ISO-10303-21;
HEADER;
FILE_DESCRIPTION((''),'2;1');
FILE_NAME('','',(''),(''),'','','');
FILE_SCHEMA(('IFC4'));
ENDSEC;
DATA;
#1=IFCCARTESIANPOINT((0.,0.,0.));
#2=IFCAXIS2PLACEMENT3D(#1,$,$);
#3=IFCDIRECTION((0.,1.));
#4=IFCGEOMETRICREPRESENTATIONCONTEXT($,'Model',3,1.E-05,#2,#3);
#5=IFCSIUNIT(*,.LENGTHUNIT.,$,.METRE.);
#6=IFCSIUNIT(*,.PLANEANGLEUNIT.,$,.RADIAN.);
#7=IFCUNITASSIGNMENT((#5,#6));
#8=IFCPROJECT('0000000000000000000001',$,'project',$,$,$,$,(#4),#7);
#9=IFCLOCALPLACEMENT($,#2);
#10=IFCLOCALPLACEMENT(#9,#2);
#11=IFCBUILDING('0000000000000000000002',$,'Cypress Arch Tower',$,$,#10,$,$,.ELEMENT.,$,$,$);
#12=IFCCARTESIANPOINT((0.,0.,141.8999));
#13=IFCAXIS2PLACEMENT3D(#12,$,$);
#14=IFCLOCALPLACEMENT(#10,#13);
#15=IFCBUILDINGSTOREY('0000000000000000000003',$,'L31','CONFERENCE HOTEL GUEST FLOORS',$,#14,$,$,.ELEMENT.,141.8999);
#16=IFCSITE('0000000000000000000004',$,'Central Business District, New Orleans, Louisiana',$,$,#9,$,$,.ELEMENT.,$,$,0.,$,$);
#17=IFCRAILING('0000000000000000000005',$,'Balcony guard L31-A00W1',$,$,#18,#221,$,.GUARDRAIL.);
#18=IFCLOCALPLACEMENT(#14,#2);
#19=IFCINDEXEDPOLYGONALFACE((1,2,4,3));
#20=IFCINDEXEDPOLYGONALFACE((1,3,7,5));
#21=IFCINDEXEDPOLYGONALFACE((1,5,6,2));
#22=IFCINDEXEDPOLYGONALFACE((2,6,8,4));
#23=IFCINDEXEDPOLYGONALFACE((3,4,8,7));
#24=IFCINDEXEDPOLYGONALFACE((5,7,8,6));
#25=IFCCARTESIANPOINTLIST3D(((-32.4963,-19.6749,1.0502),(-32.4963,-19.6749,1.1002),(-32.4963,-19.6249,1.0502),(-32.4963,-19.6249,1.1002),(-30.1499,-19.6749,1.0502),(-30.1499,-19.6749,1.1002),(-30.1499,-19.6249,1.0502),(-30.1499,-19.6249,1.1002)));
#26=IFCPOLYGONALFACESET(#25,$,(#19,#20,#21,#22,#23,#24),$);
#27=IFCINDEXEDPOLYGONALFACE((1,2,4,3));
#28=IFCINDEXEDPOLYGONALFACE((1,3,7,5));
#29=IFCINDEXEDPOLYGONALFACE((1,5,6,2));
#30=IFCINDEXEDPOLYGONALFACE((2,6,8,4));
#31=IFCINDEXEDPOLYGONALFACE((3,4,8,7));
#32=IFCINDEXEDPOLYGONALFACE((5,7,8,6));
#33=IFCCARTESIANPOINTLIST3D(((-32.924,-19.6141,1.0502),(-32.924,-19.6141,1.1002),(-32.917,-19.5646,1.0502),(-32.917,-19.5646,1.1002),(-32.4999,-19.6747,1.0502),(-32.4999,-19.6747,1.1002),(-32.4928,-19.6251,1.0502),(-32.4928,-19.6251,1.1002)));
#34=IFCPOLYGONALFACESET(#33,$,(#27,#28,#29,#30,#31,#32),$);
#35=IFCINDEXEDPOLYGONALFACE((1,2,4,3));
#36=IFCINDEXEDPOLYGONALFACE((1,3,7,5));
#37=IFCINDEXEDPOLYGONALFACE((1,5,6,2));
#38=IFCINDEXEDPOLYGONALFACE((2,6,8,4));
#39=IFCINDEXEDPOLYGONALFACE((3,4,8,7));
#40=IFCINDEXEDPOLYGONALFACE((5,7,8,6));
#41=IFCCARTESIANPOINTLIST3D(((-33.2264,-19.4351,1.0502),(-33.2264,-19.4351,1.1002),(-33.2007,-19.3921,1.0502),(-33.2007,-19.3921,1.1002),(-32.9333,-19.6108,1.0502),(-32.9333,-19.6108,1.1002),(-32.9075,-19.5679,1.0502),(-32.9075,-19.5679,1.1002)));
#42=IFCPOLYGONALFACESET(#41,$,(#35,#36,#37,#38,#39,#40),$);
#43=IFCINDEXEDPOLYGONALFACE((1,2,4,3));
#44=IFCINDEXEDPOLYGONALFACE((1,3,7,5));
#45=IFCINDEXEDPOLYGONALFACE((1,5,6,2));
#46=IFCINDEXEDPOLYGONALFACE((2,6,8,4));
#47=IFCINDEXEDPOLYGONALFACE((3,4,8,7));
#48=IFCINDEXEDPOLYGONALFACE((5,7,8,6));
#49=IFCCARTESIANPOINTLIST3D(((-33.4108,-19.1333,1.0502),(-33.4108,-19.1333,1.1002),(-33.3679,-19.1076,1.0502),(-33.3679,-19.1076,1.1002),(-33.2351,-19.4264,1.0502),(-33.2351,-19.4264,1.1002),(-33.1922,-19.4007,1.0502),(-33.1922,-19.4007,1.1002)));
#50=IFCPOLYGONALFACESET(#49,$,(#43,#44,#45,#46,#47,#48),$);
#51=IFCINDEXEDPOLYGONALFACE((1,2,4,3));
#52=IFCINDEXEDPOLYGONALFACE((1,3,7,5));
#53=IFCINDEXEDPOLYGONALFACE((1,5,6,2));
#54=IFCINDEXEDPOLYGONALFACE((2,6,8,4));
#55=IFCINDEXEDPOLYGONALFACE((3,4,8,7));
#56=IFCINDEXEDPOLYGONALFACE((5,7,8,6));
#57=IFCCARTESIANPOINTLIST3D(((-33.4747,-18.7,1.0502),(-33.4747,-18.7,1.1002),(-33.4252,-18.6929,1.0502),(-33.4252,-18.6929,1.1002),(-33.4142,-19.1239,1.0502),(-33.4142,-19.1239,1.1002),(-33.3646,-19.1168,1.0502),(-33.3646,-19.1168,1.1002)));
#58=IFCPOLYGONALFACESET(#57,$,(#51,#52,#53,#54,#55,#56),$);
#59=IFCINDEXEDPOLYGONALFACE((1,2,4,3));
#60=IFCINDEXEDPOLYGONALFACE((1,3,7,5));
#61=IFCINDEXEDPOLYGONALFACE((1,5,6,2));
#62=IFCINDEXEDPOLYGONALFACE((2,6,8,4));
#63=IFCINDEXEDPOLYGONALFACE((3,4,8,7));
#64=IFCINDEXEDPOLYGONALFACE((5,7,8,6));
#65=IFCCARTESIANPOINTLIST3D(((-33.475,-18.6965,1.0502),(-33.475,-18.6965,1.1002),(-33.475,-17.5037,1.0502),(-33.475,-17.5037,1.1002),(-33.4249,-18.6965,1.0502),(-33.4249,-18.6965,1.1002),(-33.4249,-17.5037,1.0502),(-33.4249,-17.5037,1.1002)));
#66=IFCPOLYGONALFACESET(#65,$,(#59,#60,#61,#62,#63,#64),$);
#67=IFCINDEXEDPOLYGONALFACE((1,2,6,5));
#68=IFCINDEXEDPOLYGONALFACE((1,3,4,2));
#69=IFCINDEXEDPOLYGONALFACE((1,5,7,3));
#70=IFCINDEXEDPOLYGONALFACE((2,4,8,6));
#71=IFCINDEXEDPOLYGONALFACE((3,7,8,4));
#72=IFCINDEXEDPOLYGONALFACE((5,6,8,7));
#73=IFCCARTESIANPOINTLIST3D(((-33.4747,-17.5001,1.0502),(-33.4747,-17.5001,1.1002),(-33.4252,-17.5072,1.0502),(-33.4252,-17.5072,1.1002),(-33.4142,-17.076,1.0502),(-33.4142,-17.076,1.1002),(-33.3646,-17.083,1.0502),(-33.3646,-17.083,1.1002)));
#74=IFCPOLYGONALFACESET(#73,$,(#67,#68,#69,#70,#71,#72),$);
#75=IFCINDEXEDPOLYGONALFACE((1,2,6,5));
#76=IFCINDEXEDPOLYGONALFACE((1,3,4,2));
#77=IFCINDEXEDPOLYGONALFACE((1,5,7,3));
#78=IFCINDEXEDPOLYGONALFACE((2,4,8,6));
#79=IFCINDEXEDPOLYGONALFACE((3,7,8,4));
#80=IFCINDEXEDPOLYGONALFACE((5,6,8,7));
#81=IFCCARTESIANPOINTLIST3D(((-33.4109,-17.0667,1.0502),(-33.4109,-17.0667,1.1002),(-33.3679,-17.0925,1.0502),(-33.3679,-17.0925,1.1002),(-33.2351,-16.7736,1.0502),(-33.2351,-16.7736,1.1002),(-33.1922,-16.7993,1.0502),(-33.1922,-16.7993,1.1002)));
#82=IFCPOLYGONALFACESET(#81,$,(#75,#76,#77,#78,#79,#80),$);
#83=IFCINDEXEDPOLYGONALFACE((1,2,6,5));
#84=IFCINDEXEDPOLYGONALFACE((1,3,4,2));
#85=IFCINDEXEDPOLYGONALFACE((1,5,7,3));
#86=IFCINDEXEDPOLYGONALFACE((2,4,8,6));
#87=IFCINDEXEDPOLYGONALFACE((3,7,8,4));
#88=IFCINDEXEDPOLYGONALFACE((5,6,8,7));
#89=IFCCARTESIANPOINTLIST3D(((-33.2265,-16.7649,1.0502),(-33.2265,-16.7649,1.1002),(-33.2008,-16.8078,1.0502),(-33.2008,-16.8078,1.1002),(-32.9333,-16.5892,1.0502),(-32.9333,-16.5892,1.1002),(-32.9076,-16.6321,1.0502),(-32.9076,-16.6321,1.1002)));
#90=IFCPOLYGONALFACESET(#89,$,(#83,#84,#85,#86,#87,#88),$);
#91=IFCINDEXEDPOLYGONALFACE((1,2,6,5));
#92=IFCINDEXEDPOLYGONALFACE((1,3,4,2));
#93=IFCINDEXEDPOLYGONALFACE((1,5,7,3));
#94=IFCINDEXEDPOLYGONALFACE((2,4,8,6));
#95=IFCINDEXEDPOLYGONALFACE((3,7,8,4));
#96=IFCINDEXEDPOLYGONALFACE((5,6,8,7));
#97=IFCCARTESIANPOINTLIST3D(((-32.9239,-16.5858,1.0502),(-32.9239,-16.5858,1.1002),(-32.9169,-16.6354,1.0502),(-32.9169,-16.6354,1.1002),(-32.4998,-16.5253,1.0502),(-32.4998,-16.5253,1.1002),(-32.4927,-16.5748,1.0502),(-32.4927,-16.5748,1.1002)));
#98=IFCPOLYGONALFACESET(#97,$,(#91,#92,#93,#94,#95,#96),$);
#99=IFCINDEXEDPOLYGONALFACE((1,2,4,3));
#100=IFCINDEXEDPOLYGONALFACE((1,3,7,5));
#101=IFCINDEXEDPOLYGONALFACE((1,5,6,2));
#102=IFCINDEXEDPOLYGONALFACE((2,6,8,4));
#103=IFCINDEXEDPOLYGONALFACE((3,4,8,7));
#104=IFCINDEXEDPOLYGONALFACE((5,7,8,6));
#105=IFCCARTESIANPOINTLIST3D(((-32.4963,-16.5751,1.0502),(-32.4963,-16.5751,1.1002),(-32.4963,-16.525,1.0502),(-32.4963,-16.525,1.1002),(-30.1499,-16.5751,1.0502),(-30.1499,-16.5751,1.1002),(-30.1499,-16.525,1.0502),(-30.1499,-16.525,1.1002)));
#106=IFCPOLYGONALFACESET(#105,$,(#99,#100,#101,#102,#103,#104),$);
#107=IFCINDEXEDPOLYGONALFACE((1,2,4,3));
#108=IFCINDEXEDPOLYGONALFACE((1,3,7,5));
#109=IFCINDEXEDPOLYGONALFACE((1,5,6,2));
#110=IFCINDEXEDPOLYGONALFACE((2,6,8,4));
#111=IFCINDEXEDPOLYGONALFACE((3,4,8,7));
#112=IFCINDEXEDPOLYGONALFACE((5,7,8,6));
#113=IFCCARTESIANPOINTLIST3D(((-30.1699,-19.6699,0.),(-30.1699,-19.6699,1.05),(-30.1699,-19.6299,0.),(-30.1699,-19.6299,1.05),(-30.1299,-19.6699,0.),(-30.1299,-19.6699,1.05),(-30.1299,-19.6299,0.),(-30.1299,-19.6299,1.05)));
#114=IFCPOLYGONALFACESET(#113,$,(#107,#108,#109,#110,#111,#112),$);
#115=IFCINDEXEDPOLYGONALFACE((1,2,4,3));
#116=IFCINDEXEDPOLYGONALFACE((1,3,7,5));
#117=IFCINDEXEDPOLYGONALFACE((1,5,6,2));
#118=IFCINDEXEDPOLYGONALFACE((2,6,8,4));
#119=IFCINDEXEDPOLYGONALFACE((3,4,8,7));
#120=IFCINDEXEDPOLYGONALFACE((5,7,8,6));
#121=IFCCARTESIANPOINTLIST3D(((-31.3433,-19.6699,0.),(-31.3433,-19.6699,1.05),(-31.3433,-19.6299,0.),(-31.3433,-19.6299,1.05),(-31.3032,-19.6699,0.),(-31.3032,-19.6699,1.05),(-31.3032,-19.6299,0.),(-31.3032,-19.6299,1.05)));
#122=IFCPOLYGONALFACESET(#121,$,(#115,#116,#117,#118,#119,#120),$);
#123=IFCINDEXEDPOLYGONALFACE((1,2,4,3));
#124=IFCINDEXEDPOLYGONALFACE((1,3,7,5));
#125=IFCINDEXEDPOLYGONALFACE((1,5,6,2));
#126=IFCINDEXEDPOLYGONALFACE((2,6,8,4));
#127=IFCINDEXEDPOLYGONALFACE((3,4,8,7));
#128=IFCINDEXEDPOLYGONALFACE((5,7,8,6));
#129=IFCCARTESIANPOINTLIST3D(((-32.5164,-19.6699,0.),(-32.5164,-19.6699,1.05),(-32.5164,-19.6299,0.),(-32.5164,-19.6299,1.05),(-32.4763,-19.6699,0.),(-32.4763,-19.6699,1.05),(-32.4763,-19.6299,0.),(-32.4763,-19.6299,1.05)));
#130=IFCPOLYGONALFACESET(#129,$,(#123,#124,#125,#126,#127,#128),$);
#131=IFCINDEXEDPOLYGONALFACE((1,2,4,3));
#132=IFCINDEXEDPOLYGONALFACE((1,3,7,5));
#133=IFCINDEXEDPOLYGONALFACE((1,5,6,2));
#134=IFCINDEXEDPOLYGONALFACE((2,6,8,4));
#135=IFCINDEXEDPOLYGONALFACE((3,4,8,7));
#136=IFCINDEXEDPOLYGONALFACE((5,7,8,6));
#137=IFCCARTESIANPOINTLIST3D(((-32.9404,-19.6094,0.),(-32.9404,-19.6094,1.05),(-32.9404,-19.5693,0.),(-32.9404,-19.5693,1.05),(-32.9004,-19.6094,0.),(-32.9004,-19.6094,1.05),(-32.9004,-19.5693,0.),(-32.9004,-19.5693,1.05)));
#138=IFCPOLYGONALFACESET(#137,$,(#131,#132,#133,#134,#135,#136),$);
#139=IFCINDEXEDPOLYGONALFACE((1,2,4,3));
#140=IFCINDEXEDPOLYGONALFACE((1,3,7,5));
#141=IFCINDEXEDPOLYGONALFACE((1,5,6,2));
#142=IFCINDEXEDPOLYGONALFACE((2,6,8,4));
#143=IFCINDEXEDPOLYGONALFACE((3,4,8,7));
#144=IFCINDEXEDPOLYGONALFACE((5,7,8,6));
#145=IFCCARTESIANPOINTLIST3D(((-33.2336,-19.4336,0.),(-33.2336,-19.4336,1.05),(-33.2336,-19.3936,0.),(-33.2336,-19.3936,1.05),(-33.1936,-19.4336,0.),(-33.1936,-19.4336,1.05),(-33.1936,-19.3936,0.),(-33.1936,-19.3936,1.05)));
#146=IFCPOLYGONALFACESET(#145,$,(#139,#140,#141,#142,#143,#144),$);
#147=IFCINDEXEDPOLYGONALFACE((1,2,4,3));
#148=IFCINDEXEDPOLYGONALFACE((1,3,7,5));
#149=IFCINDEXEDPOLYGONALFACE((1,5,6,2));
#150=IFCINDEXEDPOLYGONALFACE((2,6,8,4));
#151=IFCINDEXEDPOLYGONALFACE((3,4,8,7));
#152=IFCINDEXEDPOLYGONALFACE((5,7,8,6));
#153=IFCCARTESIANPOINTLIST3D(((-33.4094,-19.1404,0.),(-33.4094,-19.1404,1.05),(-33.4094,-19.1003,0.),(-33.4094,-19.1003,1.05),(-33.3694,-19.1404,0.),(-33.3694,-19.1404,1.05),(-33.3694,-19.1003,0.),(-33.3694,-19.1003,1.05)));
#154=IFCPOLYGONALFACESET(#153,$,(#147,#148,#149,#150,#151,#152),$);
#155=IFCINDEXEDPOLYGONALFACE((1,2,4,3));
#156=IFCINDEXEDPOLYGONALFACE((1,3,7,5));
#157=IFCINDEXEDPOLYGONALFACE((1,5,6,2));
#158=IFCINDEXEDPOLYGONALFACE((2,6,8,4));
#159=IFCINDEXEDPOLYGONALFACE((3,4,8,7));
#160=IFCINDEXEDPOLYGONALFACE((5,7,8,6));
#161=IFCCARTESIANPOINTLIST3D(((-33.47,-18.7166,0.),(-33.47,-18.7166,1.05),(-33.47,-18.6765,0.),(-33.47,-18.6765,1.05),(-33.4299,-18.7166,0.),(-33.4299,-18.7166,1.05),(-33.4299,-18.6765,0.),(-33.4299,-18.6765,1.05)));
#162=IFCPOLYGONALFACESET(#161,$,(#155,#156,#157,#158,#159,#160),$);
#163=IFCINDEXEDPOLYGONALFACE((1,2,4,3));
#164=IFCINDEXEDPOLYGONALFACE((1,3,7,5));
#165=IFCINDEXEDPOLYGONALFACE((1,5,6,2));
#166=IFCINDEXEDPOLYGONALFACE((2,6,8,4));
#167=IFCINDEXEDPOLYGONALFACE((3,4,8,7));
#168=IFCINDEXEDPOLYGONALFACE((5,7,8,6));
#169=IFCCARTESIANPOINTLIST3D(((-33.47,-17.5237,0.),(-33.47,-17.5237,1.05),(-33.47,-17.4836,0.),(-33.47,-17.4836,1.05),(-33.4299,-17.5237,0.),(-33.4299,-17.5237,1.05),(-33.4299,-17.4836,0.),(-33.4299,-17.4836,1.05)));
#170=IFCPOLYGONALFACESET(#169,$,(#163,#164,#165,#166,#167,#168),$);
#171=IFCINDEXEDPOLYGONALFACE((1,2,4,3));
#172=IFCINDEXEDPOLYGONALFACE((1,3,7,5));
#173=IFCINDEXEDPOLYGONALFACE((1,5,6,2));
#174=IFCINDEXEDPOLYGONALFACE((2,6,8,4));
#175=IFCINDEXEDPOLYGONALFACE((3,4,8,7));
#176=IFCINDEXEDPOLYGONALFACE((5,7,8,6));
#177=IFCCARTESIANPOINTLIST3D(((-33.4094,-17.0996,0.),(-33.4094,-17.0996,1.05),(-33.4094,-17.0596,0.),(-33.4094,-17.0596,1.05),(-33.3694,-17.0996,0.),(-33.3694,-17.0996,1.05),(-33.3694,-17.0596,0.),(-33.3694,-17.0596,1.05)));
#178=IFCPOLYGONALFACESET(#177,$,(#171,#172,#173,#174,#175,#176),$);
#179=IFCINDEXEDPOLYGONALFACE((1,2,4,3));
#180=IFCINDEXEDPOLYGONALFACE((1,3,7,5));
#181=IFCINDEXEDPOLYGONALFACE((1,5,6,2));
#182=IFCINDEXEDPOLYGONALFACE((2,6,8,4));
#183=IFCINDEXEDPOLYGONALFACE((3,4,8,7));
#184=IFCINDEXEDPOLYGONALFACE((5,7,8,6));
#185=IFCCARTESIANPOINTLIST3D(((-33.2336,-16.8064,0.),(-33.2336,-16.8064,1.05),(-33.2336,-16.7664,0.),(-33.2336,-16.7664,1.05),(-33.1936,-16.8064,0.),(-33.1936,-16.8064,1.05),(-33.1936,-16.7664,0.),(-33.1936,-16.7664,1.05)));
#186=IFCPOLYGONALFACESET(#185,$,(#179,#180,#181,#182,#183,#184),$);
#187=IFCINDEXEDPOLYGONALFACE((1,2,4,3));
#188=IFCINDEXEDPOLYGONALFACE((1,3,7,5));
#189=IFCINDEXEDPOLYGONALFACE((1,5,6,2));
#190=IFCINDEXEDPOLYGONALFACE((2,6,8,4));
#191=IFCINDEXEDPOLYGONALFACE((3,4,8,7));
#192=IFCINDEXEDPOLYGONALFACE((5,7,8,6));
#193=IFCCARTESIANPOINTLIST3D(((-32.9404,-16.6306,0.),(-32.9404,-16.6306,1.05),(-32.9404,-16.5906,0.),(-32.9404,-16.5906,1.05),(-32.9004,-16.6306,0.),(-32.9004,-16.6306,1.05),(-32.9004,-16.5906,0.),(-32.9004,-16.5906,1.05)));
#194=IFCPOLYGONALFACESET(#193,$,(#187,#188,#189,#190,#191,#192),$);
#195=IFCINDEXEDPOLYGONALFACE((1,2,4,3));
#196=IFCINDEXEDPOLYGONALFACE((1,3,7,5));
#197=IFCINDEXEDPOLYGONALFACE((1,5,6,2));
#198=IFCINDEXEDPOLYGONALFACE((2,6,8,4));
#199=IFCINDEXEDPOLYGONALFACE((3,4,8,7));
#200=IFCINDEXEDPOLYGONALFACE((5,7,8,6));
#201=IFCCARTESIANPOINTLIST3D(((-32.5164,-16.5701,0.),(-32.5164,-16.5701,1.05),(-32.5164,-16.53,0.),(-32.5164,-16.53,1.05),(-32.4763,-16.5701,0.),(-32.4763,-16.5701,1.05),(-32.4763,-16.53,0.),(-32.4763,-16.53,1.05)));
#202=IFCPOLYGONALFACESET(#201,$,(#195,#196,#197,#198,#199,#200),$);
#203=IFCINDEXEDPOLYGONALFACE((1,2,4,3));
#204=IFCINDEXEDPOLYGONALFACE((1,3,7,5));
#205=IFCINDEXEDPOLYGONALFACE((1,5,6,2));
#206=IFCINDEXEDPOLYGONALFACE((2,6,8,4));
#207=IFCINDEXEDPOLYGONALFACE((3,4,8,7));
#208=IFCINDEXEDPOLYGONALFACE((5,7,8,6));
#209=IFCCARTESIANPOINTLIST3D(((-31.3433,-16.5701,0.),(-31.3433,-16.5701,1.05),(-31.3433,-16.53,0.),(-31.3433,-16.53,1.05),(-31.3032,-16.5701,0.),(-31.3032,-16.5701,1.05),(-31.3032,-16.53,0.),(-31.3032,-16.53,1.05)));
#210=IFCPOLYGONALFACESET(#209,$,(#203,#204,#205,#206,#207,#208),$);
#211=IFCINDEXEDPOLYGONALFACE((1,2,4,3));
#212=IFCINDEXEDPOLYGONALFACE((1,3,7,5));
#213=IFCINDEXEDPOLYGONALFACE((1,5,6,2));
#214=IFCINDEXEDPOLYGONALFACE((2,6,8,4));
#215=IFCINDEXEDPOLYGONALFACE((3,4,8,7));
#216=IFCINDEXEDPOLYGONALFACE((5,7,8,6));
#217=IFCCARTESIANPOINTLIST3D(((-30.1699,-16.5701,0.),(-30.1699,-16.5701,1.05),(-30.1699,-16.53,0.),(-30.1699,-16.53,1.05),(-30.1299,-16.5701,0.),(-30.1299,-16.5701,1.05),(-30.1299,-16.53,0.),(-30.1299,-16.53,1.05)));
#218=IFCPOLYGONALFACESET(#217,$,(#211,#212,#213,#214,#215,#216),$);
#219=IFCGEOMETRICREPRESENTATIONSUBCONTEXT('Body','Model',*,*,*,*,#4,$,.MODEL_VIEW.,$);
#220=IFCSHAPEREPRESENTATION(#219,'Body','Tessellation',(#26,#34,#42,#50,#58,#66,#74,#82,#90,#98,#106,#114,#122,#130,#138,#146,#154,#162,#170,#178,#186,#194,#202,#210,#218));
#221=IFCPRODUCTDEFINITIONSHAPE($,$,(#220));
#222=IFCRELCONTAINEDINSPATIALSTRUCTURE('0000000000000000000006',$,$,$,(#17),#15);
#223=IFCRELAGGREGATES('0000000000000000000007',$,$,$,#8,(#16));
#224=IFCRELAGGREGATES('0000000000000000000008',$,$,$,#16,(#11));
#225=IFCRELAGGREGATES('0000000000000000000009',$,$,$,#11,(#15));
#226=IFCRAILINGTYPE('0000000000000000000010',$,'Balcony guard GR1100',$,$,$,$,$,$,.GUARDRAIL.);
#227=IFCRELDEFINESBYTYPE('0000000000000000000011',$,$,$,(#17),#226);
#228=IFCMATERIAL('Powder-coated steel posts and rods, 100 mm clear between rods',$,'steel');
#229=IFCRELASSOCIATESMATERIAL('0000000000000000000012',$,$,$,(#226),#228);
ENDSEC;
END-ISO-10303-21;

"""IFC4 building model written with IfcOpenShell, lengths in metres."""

from ifc_helpers import new_model, si_unit, direction, frame, origin, origin_2d, place, context, subcontext, project, spatial, rectangle, extrude, material, type_object, element, save


model = new_model("IFC4")

# Units and contexts
model_context = context("Model", 3, precision=1e-05, world=origin(), true_north=direction((0.0, 1.0)))
body_context = subcontext(model_context, "Body", "Model", "MODEL_VIEW")
ifc_project = project(units=[si_unit("LENGTHUNIT", "METRE"), si_unit("PLANEANGLEUNIT", "RADIAN")], contexts=[model_context])

# Site, building, storey
site_placement = place(None, origin())
site = spatial("IfcSite", under=ifc_project, at=site_placement, Name="Central Business District, New Orleans, Louisiana", CompositionType="ELEMENT", RefElevation=0.0)
building_placement = place(site_placement, origin())
building = spatial("IfcBuilding", under=site, at=building_placement, Name="Cypress Arch Tower", CompositionType="ELEMENT")
storey_placement = place(building_placement, frame((0.0, 0.0, 141.8999)))
storey = spatial("IfcBuildingStorey", under=building, at=storey_placement, Name="L31", Description="CONFERENCE HOTEL GUEST FLOORS", CompositionType="ELEMENT", Elevation=141.8999)

# Railing
ifc_material_1 = material(Name="Powder-coated steel posts and rods, 100 mm clear between rods", Category="steel")
railing_type = type_object("IfcRailingType", Name="Balcony guard GR1100", PredefinedType="GUARDRAIL", material=ifc_material_1)
railing_placement = place(storey_placement, frame((-30.1499, -19.6499, 0.0)))
element("IfcRailing", 1, at=railing_placement, inside=storey, type_object=railing_type, Name="Balcony guard L31-A00W1", PredefinedType="GUARDRAIL", context=body_context, shape_type="SweptSolid", body=[
    extrude(rectangle(XDim=0.05, YDim=0.05, at=origin_2d()), frame((0.0, 0.0, 1.0752), z_axis=(-1.0, 0.0, 0.0), x_axis=(0.0, -1.0, 0.0)), (0.0, 0.0, 1.0), 2.3464),
    extrude(rectangle(XDim=0.05, YDim=0.05, at=origin_2d()), frame((-2.3464, 0.0, 1.0752), z_axis=(-0.989961, 0.141342, 0.0), x_axis=(-0.141342, -0.989961, 0.0)), (0.0, 0.0, 1.0), 0.4285),
    extrude(rectangle(XDim=0.05, YDim=0.05, at=origin_2d()), frame((-2.7705, 0.0605, 1.0752), z_axis=(-0.857682, 0.514181, 0.0), x_axis=(-0.514181, -0.857682, 0.0)), (0.0, 0.0, 1.0), 0.3418),
    extrude(rectangle(XDim=0.05, YDim=0.05, at=origin_2d()), frame((-3.0637, 0.2363, 1.0752), z_axis=(-0.514181, 0.857682, 0.0), x_axis=(-0.857682, -0.514181, 0.0)), (0.0, 0.0, 1.0), 0.3418),
    extrude(rectangle(XDim=0.05, YDim=0.05, at=origin_2d()), frame((-3.2395, 0.5295, 1.0752), z_axis=(-0.141421, 0.989949, 0.0), x_axis=(-0.989949, -0.141421, 0.0)), (0.0, 0.0, 1.0), 0.4282),
    extrude(rectangle(XDim=0.05, YDim=0.05, at=origin_2d()), frame((-3.3, 0.9534, 1.0752), z_axis=(0.0, 1.0, 0.0), x_axis=(-1.0, 0.0, 0.0)), (0.0, 0.0, 1.0), 1.1929),
    extrude(rectangle(XDim=0.05, YDim=0.05, at=origin_2d()), frame((-3.3, 2.1462, 1.0752), z_axis=(0.141342, 0.989961, 0.0), x_axis=(-0.989961, 0.141342, 0.0)), (0.0, 0.0, 1.0), 0.4285),
    extrude(rectangle(XDim=0.05, YDim=0.05, at=origin_2d()), frame((-3.2395, 2.5703, 1.0752), z_axis=(0.514181, 0.857682, 0.0), x_axis=(-0.857682, 0.514181, 0.0)), (0.0, 0.0, 1.0), 0.3418),
    extrude(rectangle(XDim=0.05, YDim=0.05, at=origin_2d()), frame((-3.0637, 2.8635, 1.0752), z_axis=(0.857682, 0.514181, 0.0), x_axis=(-0.514181, 0.857682, 0.0)), (0.0, 0.0, 1.0), 0.3418),
    extrude(rectangle(XDim=0.05, YDim=0.05, at=origin_2d()), frame((-2.7705, 3.0393, 1.0752), z_axis=(0.989961, 0.141342, 0.0), x_axis=(-0.141342, 0.989961, 0.0)), (0.0, 0.0, 1.0), 0.4285),
    extrude(rectangle(XDim=0.05, YDim=0.05, at=origin_2d()), frame((-2.3464, 3.0999, 1.0752), z_axis=(1.0, 0.0, 0.0), x_axis=(0.0, 1.0, 0.0)), (0.0, 0.0, 1.0), 2.3464),
    extrude(rectangle(XDim=0.04, YDim=0.04, at=origin_2d()), origin(), (0.0, 0.0, 1.0), 1.05),
    extrude(rectangle(XDim=0.04, YDim=0.04, at=origin_2d()), frame((-1.1733, 0.0, 0.0)), (0.0, 0.0, 1.0), 1.05),
    extrude(rectangle(XDim=0.04, YDim=0.04, at=origin_2d()), frame((-2.3464, 0.0, 0.0)), (0.0, 0.0, 1.0), 1.05),
    extrude(rectangle(XDim=0.04, YDim=0.04, at=origin_2d()), frame((-2.7705, 0.0605, 0.0)), (0.0, 0.0, 1.0), 1.05),
    extrude(rectangle(XDim=0.04, YDim=0.04, at=origin_2d()), frame((-3.0637, 0.2363, 0.0)), (0.0, 0.0, 1.0), 1.05),
    extrude(rectangle(XDim=0.04, YDim=0.04, at=origin_2d()), frame((-3.2395, 0.5295, 0.0)), (0.0, 0.0, 1.0), 1.05),
    extrude(rectangle(XDim=0.04, YDim=0.04, at=origin_2d()), frame((-3.3, 0.9534, 0.0)), (0.0, 0.0, 1.0), 1.05),
    extrude(rectangle(XDim=0.04, YDim=0.04, at=origin_2d()), frame((-3.3, 2.1462, 0.0)), (0.0, 0.0, 1.0), 1.05),
    extrude(rectangle(XDim=0.04, YDim=0.04, at=origin_2d()), frame((-3.2395, 2.5703, 0.0)), (0.0, 0.0, 1.0), 1.05),
    extrude(rectangle(XDim=0.04, YDim=0.04, at=origin_2d()), frame((-3.0637, 2.8635, 0.0)), (0.0, 0.0, 1.0), 1.05),
    extrude(rectangle(XDim=0.04, YDim=0.04, at=origin_2d()), frame((-2.7705, 3.0393, 0.0)), (0.0, 0.0, 1.0), 1.05),
    extrude(rectangle(XDim=0.04, YDim=0.04, at=origin_2d()), frame((-2.3464, 3.0999, 0.0)), (0.0, 0.0, 1.0), 1.05),
    extrude(rectangle(XDim=0.04, YDim=0.04, at=origin_2d()), frame((-1.1733, 3.0999, 0.0)), (0.0, 0.0, 1.0), 1.05),
    extrude(rectangle(XDim=0.04, YDim=0.04, at=origin_2d()), frame((0.0, 3.0999, 0.0)), (0.0, 0.0, 1.0), 1.05),
])

save(model, "model.ifc")
